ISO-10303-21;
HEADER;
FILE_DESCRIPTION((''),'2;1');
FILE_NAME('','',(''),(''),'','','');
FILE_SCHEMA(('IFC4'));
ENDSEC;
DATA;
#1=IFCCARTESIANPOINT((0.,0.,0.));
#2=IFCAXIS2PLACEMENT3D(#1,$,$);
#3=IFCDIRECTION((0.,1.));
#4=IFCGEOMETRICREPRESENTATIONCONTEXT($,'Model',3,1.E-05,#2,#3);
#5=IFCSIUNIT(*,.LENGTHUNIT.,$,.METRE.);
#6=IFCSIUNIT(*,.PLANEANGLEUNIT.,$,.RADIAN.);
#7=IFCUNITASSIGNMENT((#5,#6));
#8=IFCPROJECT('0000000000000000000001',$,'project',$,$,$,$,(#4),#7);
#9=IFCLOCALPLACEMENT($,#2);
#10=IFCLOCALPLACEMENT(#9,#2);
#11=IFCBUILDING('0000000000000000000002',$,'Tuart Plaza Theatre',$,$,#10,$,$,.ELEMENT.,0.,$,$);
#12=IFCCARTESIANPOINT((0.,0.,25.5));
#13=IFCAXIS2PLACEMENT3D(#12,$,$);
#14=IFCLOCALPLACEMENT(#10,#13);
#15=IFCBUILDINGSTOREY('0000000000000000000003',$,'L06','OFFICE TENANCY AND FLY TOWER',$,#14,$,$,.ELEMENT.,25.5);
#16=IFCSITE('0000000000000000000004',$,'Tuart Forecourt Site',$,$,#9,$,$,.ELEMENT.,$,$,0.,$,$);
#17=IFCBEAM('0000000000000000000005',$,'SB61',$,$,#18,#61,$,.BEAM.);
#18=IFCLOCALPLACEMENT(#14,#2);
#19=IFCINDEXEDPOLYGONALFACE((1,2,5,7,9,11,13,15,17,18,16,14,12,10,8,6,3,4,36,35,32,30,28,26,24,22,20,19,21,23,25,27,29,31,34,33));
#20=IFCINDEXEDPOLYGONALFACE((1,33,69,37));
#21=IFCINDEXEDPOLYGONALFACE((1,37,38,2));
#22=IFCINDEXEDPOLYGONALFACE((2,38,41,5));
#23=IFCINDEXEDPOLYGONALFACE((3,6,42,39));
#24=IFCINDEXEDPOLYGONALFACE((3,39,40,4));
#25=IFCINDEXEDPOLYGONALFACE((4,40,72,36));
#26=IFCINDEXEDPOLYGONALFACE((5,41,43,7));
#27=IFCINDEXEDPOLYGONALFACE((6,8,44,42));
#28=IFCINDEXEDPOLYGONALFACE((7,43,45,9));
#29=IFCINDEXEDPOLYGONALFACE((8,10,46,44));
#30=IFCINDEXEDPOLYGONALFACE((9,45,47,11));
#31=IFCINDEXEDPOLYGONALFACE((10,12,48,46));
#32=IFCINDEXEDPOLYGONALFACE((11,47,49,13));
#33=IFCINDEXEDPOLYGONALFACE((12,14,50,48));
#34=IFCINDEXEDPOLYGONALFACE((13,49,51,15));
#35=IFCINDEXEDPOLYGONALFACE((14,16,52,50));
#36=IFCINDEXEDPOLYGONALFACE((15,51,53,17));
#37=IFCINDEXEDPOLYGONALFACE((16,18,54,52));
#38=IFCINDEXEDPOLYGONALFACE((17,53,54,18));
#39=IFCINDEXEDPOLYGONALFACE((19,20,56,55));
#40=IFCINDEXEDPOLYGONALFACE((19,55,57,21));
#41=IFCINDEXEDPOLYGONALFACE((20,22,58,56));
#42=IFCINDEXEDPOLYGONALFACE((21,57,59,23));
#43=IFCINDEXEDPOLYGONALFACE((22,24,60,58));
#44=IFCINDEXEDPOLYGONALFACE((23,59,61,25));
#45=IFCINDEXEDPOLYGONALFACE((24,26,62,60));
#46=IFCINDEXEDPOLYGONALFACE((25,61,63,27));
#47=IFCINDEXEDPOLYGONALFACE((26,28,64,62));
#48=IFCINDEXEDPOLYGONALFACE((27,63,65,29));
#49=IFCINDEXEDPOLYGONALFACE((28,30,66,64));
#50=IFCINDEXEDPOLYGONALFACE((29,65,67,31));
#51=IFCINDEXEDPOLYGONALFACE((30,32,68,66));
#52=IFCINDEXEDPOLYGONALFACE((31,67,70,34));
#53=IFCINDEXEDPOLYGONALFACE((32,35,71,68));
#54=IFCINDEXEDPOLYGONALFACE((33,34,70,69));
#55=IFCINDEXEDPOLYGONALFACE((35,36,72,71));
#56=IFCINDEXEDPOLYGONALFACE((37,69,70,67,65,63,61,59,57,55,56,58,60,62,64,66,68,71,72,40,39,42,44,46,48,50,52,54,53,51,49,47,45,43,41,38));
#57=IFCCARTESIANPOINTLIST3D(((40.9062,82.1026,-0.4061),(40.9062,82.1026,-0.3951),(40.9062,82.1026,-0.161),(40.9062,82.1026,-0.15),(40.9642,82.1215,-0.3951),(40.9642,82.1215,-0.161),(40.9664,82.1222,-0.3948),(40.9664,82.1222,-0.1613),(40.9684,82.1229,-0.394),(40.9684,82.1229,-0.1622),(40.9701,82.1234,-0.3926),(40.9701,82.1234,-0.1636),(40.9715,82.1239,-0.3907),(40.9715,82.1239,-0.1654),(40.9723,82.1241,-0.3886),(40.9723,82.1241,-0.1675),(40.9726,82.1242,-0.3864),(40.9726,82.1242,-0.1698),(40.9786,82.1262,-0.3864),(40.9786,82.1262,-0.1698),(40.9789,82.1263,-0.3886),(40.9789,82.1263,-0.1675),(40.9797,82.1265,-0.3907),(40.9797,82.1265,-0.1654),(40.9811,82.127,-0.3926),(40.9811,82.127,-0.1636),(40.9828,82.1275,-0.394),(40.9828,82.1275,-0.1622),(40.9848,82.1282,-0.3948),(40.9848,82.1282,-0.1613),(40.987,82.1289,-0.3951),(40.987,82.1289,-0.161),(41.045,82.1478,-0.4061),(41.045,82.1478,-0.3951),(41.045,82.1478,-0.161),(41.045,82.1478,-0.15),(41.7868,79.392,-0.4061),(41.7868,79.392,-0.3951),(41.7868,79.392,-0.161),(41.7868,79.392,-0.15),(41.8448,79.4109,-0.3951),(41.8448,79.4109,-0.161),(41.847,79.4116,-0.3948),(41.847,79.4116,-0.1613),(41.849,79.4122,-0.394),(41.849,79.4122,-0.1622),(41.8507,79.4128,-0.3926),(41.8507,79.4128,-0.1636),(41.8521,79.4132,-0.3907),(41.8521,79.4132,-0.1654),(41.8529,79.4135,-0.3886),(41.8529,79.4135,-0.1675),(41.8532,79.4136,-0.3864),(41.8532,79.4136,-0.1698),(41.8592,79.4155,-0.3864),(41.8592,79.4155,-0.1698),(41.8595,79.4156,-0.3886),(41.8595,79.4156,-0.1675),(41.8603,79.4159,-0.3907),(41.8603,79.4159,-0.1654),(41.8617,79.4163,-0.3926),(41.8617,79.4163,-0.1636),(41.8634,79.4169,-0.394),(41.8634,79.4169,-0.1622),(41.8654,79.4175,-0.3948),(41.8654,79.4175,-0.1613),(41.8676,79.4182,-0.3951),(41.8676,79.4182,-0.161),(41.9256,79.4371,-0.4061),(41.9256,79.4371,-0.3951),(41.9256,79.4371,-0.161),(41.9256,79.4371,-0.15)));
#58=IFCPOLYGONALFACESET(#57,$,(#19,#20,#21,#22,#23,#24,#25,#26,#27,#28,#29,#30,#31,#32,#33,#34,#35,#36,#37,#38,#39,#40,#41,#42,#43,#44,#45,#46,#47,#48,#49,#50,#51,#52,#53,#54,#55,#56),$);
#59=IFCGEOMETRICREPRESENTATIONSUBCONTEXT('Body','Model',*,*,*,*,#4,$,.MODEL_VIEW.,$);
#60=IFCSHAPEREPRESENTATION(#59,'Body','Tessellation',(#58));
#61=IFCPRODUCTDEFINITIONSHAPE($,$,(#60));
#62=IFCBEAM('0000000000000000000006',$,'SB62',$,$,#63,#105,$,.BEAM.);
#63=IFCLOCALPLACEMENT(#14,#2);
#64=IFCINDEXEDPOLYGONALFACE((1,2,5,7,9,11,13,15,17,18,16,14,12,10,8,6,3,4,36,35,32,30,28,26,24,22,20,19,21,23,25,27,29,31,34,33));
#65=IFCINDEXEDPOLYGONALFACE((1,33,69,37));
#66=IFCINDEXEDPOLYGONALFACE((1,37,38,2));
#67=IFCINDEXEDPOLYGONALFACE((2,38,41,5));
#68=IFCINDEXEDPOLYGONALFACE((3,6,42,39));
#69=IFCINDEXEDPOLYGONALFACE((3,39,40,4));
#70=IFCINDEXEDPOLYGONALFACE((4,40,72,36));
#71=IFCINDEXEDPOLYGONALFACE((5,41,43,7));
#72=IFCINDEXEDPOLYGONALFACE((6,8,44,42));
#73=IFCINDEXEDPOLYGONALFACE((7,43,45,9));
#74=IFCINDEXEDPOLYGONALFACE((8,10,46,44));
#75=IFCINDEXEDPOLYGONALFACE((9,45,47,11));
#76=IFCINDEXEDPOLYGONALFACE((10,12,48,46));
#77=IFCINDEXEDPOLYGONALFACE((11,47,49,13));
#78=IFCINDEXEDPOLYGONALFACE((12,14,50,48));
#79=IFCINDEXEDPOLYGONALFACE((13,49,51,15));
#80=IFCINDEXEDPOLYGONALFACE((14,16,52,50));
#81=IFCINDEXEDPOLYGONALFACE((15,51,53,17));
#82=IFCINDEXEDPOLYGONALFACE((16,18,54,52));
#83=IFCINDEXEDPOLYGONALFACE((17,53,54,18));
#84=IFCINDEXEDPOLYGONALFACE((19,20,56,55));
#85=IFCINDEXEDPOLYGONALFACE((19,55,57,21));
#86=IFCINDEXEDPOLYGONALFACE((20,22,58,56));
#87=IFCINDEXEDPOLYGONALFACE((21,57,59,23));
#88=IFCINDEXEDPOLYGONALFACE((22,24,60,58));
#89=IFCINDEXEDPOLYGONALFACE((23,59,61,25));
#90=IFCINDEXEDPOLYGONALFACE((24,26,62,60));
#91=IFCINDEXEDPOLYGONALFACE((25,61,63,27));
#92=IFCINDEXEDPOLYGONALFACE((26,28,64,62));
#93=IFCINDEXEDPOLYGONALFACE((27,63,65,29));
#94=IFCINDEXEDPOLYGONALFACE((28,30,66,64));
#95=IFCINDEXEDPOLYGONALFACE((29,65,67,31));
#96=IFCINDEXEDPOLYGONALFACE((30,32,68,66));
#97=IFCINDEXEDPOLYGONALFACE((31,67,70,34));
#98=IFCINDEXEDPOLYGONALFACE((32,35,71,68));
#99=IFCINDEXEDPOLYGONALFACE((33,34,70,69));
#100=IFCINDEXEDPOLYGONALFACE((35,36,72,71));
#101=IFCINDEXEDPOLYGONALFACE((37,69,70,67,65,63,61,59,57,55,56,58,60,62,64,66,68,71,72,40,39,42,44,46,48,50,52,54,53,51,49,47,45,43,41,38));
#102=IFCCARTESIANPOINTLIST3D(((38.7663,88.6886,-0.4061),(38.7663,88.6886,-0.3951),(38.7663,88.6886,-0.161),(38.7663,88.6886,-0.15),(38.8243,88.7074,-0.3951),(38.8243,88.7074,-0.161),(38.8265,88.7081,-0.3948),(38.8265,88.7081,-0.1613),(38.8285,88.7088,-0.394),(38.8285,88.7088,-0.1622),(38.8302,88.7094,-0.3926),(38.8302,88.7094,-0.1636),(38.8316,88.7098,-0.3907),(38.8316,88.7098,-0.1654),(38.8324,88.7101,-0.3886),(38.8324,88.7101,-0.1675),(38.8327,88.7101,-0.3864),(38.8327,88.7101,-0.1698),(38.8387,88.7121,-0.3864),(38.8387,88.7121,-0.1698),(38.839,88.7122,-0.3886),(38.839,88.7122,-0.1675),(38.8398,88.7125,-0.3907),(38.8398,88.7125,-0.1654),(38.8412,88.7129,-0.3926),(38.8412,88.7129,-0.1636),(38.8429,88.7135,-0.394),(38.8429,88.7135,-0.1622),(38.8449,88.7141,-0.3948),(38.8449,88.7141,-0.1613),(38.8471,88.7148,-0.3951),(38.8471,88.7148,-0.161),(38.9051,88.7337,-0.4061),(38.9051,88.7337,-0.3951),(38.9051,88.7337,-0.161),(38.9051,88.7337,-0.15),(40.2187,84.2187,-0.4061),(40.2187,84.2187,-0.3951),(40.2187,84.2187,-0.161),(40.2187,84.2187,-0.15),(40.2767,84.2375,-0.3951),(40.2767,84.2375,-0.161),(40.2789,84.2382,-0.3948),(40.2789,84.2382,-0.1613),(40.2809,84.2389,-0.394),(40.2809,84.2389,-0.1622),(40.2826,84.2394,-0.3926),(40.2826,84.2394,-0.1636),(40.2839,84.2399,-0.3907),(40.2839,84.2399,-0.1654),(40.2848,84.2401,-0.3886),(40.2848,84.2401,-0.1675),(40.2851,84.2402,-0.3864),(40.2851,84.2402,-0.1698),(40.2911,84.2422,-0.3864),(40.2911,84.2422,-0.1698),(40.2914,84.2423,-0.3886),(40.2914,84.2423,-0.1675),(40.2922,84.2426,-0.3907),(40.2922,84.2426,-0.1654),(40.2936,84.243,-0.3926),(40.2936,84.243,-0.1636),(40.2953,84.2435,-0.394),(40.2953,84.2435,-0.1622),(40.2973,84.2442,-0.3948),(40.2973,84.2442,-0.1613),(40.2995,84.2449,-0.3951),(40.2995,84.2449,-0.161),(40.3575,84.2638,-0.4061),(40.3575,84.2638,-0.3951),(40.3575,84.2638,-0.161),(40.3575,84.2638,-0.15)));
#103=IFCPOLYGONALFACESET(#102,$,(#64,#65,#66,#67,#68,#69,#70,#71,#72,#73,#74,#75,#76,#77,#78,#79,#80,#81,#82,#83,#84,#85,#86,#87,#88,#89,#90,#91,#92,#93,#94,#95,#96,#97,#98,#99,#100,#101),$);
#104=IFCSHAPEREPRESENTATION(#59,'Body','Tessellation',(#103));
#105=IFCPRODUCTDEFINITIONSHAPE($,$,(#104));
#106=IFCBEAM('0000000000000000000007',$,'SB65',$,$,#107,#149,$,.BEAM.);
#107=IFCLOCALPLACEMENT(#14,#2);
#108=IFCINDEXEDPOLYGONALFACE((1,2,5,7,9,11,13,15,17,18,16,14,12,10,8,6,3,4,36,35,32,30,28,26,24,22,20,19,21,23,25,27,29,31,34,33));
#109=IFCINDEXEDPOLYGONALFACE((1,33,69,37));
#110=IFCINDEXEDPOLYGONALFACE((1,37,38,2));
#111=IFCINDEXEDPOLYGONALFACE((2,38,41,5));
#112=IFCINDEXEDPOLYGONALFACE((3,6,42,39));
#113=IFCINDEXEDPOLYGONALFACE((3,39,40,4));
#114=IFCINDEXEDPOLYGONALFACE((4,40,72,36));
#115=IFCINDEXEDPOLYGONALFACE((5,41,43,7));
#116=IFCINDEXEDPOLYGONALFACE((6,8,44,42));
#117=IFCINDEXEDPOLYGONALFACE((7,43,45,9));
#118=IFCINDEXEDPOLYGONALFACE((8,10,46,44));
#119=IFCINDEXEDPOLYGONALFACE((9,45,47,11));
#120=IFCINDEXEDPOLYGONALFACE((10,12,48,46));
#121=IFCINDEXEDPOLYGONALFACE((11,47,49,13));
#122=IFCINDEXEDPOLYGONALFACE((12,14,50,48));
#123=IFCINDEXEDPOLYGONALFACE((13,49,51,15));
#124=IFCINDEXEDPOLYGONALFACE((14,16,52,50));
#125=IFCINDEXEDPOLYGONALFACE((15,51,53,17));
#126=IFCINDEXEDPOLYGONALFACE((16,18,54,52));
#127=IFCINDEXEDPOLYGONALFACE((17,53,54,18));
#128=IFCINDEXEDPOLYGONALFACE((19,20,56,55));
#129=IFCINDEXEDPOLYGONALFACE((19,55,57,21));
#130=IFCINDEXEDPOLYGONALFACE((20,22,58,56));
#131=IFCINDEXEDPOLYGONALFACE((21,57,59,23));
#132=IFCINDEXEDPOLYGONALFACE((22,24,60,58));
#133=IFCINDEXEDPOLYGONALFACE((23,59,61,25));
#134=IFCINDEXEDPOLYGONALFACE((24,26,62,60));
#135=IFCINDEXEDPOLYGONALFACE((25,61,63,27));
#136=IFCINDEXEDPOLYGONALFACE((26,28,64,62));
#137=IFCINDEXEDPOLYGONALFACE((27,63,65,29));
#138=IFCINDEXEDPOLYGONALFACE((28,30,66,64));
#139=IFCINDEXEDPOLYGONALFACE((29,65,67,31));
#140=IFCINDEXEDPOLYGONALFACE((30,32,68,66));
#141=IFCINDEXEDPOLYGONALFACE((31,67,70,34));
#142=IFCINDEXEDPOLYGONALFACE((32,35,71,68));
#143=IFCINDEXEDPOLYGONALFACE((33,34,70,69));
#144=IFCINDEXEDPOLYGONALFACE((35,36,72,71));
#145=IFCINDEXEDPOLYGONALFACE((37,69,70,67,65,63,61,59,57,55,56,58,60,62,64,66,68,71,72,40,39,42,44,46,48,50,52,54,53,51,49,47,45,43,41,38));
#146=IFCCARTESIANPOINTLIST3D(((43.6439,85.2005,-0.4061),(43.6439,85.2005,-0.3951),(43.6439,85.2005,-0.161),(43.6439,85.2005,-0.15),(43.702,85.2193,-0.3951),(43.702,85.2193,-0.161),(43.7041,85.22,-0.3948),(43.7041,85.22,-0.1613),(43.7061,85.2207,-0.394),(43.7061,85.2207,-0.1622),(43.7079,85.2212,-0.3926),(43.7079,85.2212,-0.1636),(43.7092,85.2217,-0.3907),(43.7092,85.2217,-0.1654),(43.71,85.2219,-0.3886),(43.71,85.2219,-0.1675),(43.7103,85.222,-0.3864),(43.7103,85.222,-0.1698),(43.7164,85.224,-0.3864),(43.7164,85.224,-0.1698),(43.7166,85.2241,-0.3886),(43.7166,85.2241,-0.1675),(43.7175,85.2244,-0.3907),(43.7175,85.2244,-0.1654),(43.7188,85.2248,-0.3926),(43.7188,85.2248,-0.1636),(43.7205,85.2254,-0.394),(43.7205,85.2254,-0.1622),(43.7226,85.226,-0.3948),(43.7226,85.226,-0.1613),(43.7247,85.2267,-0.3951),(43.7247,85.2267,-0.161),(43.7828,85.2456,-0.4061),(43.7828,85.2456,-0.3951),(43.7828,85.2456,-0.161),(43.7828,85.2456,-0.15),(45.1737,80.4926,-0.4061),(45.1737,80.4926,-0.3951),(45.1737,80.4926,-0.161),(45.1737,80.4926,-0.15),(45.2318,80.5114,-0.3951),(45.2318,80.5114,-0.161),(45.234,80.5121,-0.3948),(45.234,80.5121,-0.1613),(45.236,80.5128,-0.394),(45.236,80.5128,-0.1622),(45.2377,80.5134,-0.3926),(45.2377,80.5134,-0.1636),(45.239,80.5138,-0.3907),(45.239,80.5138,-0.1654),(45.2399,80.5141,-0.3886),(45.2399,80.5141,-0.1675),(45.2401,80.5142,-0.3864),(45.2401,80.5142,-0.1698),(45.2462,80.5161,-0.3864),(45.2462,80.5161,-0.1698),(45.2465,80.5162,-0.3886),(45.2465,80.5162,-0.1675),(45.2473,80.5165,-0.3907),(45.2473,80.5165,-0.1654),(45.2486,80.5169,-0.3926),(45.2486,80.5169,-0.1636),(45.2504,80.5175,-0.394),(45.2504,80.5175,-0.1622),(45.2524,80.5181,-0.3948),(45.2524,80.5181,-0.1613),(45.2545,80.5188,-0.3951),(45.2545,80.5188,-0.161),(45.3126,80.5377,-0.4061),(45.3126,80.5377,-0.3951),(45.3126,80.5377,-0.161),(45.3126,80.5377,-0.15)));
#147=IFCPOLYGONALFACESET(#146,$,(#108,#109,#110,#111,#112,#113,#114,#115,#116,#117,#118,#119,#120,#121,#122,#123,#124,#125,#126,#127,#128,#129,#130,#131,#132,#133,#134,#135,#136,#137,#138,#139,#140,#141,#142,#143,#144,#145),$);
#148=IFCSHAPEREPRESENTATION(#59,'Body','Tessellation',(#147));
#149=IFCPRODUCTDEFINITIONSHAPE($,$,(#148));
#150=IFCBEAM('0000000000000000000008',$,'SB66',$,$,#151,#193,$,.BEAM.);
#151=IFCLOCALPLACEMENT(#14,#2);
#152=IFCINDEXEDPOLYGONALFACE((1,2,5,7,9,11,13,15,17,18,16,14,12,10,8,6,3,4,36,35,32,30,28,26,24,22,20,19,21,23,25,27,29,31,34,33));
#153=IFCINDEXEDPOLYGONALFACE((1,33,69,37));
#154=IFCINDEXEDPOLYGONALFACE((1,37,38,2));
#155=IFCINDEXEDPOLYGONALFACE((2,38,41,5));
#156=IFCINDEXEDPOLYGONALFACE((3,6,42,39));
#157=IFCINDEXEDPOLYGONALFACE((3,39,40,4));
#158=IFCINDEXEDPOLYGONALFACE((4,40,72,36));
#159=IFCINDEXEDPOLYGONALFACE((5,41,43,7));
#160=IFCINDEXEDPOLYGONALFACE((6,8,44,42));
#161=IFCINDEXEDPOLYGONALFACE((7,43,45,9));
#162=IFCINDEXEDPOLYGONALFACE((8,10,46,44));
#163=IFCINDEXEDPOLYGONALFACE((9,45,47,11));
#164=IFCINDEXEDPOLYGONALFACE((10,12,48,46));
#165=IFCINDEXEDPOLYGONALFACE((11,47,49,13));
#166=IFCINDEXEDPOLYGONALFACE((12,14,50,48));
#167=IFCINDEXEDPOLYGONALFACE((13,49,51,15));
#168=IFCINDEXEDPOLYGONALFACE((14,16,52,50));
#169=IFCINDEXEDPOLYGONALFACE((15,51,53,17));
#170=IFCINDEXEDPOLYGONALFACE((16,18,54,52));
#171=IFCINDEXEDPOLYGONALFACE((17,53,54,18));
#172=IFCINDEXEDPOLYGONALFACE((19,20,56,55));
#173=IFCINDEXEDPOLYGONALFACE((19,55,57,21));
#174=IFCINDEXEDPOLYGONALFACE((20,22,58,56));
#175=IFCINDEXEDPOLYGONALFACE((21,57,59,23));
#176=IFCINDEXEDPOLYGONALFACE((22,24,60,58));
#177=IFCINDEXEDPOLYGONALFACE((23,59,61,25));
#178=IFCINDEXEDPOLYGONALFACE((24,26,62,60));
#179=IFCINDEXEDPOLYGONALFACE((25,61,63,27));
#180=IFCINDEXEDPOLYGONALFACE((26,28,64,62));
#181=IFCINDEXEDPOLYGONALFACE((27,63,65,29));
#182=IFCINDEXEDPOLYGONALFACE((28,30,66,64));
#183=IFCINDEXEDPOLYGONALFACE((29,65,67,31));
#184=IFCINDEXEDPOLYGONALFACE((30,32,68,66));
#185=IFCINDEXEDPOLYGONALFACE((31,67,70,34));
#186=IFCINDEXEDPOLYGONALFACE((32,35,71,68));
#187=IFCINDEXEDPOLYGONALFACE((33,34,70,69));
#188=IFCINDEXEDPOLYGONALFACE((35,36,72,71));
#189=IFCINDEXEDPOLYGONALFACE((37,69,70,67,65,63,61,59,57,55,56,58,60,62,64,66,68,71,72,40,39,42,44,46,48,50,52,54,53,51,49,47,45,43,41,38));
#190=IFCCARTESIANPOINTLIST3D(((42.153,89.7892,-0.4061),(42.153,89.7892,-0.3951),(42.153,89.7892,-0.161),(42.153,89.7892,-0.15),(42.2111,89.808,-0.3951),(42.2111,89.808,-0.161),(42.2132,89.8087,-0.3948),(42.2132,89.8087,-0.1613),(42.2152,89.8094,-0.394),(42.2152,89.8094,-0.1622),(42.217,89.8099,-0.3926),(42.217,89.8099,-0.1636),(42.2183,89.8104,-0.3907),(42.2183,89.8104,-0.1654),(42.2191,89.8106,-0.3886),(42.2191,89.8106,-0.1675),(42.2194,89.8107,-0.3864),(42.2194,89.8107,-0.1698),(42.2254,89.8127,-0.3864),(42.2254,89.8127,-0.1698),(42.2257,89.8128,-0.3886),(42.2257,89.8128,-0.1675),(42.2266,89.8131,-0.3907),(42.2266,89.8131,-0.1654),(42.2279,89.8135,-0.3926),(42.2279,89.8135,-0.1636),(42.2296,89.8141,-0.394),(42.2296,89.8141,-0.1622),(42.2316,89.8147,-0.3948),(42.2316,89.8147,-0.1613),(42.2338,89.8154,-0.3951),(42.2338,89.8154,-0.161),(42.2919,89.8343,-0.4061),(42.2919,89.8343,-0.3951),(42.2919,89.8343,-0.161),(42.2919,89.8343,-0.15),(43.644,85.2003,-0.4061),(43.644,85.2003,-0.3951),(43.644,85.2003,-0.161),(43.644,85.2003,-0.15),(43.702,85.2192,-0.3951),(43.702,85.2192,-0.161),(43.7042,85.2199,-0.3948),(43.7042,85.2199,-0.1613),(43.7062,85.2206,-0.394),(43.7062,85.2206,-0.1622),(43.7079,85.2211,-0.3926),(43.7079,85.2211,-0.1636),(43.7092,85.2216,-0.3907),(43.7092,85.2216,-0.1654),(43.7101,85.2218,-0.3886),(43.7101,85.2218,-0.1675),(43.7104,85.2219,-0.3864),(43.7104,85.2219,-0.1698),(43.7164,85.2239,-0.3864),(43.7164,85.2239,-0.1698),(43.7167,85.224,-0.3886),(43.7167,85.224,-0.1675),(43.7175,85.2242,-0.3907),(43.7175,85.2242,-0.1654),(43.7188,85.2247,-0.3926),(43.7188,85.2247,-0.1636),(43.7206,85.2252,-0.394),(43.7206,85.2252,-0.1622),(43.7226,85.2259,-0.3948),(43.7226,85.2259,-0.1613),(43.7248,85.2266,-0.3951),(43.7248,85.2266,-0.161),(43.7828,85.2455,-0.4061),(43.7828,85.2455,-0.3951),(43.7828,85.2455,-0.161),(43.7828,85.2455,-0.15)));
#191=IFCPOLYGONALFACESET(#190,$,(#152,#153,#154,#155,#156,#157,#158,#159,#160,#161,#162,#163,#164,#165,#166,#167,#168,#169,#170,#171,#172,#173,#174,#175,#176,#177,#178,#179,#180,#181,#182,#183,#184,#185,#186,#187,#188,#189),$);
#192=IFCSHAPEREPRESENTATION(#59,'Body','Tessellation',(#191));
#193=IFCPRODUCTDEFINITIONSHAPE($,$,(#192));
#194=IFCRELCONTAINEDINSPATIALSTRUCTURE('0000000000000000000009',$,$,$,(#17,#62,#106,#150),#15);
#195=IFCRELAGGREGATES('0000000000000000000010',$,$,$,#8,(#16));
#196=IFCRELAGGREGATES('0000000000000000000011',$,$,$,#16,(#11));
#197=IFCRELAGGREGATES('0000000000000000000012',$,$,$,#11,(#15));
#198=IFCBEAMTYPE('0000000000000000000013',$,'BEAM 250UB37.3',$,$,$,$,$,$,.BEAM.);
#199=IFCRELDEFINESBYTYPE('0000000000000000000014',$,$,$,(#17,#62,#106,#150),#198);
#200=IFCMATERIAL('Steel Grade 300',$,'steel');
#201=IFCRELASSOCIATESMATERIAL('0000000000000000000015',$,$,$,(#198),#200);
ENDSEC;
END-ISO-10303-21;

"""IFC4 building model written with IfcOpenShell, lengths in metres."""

from ifc_helpers import new_model, si_unit, direction, frame, origin, origin_2d, place, context, subcontext, project, spatial, i_section, extrude, material, material_profile, profile_set, type_object, element, save


model = new_model("IFC4")

# Units and contexts
model_context = context("Model", 3, precision=1e-05, world=origin(), true_north=direction((0.0, 1.0)))
body_context = subcontext(model_context, "Body", "Model", "MODEL_VIEW")
ifc_project = project(units=[si_unit("LENGTHUNIT", "METRE"), si_unit("PLANEANGLEUNIT", "RADIAN")], contexts=[model_context])

# Site, building, storey
site_placement = place(None, origin())
site = spatial("IfcSite", under=ifc_project, at=site_placement, Name="Tuart Forecourt Site", CompositionType="ELEMENT", RefElevation=0.0)
building_placement = place(site_placement, origin())
building = spatial("IfcBuilding", under=site, at=building_placement, Name="Tuart Plaza Theatre", CompositionType="ELEMENT", ElevationOfRefHeight=0.0)
storey_placement = place(building_placement, frame((0.0, 0.0, 25.5)))
storey = spatial("IfcBuildingStorey", under=building, at=storey_placement, Name="L06", Description="OFFICE TENANCY AND FLY TOWER", CompositionType="ELEMENT", Elevation=25.5)

# Beams
ifc_material_1 = material(Name="Steel Grade 300", Category="steel")
ifc_material_profile_1 = material_profile(ifc_material_1, i_section(OverallWidth=0.146, OverallDepth=0.2561, WebThickness=0.0063, FlangeThickness=0.011, FilletRadius=0.0088, at=origin_2d()), Name="250UB37.3")
ifc_profile_set_1 = profile_set([ifc_material_profile_1], Name="Steel Grade 300")
beam_type = type_object("IfcBeamType", Name="BEAM 250UB37.3", PredefinedType="BEAM", material=ifc_profile_set_1)
beam_1_placement = place(storey_placement, frame((41.8562, 79.4146, -0.2781), z_axis=(-0.308972, 0.951071, 0.0), x_axis=(-0.951071, -0.308972, 0.0)))
element("IfcBeam", 1, at=beam_1_placement, inside=storey, type_object=beam_type, Name="SB61", PredefinedType="BEAM", context=body_context, shape_type="SweptSolid", body=[
    extrude(i_section(OverallWidth=0.146, OverallDepth=0.2561, WebThickness=0.0063, FlangeThickness=0.011, FilletRadius=0.0088, at=origin_2d()), origin(), (0.0, 0.0, 1.0), 2.8501),
])
beam_2_placement = place(storey_placement, frame((40.2881, 84.2412, -0.2781), z_axis=(-0.309019, 0.951056, 0.0), x_axis=(-0.951056, -0.309019, 0.0)))
element("IfcBeam", 2, at=beam_2_placement, inside=storey, type_object=beam_type, Name="SB62", PredefinedType="BEAM", context=body_context, shape_type="SweptSolid", body=[
    extrude(i_section(OverallWidth=0.146, OverallDepth=0.2561, WebThickness=0.0063, FlangeThickness=0.011, FilletRadius=0.0088, at=origin_2d()), origin(), (0.0, 0.0, 1.0), 4.7),
])
beam_3_placement = place(storey_placement, frame((45.2432, 80.5151, -0.2781), z_axis=(-0.309043, 0.951048, 0.0), x_axis=(-0.951048, -0.309043, 0.0)))
element("IfcBeam", 3, at=beam_3_placement, inside=storey, type_object=beam_type, Name="SB65", PredefinedType="BEAM", context=body_context, shape_type="SweptSolid", body=[
    extrude(i_section(OverallWidth=0.146, OverallDepth=0.2561, WebThickness=0.0063, FlangeThickness=0.011, FilletRadius=0.0088, at=origin_2d()), origin(), (0.0, 0.0, 1.0), 4.9502),
])
beam_4_placement = place(storey_placement, frame((43.7134, 85.2229, -0.2781), z_axis=(-0.309008, 0.951059, 0.0), x_axis=(-0.951059, -0.309008, 0.0)))
element("IfcBeam", 4, at=beam_4_placement, inside=storey, type_object=beam_type, Name="SB66", PredefinedType="BEAM", context=body_context, shape_type="SweptSolid", body=[
    extrude(i_section(OverallWidth=0.146, OverallDepth=0.2561, WebThickness=0.0063, FlangeThickness=0.011, FilletRadius=0.0088, at=origin_2d()), origin(), (0.0, 0.0, 1.0), 4.825),
])

save(model, "model.ifc")
